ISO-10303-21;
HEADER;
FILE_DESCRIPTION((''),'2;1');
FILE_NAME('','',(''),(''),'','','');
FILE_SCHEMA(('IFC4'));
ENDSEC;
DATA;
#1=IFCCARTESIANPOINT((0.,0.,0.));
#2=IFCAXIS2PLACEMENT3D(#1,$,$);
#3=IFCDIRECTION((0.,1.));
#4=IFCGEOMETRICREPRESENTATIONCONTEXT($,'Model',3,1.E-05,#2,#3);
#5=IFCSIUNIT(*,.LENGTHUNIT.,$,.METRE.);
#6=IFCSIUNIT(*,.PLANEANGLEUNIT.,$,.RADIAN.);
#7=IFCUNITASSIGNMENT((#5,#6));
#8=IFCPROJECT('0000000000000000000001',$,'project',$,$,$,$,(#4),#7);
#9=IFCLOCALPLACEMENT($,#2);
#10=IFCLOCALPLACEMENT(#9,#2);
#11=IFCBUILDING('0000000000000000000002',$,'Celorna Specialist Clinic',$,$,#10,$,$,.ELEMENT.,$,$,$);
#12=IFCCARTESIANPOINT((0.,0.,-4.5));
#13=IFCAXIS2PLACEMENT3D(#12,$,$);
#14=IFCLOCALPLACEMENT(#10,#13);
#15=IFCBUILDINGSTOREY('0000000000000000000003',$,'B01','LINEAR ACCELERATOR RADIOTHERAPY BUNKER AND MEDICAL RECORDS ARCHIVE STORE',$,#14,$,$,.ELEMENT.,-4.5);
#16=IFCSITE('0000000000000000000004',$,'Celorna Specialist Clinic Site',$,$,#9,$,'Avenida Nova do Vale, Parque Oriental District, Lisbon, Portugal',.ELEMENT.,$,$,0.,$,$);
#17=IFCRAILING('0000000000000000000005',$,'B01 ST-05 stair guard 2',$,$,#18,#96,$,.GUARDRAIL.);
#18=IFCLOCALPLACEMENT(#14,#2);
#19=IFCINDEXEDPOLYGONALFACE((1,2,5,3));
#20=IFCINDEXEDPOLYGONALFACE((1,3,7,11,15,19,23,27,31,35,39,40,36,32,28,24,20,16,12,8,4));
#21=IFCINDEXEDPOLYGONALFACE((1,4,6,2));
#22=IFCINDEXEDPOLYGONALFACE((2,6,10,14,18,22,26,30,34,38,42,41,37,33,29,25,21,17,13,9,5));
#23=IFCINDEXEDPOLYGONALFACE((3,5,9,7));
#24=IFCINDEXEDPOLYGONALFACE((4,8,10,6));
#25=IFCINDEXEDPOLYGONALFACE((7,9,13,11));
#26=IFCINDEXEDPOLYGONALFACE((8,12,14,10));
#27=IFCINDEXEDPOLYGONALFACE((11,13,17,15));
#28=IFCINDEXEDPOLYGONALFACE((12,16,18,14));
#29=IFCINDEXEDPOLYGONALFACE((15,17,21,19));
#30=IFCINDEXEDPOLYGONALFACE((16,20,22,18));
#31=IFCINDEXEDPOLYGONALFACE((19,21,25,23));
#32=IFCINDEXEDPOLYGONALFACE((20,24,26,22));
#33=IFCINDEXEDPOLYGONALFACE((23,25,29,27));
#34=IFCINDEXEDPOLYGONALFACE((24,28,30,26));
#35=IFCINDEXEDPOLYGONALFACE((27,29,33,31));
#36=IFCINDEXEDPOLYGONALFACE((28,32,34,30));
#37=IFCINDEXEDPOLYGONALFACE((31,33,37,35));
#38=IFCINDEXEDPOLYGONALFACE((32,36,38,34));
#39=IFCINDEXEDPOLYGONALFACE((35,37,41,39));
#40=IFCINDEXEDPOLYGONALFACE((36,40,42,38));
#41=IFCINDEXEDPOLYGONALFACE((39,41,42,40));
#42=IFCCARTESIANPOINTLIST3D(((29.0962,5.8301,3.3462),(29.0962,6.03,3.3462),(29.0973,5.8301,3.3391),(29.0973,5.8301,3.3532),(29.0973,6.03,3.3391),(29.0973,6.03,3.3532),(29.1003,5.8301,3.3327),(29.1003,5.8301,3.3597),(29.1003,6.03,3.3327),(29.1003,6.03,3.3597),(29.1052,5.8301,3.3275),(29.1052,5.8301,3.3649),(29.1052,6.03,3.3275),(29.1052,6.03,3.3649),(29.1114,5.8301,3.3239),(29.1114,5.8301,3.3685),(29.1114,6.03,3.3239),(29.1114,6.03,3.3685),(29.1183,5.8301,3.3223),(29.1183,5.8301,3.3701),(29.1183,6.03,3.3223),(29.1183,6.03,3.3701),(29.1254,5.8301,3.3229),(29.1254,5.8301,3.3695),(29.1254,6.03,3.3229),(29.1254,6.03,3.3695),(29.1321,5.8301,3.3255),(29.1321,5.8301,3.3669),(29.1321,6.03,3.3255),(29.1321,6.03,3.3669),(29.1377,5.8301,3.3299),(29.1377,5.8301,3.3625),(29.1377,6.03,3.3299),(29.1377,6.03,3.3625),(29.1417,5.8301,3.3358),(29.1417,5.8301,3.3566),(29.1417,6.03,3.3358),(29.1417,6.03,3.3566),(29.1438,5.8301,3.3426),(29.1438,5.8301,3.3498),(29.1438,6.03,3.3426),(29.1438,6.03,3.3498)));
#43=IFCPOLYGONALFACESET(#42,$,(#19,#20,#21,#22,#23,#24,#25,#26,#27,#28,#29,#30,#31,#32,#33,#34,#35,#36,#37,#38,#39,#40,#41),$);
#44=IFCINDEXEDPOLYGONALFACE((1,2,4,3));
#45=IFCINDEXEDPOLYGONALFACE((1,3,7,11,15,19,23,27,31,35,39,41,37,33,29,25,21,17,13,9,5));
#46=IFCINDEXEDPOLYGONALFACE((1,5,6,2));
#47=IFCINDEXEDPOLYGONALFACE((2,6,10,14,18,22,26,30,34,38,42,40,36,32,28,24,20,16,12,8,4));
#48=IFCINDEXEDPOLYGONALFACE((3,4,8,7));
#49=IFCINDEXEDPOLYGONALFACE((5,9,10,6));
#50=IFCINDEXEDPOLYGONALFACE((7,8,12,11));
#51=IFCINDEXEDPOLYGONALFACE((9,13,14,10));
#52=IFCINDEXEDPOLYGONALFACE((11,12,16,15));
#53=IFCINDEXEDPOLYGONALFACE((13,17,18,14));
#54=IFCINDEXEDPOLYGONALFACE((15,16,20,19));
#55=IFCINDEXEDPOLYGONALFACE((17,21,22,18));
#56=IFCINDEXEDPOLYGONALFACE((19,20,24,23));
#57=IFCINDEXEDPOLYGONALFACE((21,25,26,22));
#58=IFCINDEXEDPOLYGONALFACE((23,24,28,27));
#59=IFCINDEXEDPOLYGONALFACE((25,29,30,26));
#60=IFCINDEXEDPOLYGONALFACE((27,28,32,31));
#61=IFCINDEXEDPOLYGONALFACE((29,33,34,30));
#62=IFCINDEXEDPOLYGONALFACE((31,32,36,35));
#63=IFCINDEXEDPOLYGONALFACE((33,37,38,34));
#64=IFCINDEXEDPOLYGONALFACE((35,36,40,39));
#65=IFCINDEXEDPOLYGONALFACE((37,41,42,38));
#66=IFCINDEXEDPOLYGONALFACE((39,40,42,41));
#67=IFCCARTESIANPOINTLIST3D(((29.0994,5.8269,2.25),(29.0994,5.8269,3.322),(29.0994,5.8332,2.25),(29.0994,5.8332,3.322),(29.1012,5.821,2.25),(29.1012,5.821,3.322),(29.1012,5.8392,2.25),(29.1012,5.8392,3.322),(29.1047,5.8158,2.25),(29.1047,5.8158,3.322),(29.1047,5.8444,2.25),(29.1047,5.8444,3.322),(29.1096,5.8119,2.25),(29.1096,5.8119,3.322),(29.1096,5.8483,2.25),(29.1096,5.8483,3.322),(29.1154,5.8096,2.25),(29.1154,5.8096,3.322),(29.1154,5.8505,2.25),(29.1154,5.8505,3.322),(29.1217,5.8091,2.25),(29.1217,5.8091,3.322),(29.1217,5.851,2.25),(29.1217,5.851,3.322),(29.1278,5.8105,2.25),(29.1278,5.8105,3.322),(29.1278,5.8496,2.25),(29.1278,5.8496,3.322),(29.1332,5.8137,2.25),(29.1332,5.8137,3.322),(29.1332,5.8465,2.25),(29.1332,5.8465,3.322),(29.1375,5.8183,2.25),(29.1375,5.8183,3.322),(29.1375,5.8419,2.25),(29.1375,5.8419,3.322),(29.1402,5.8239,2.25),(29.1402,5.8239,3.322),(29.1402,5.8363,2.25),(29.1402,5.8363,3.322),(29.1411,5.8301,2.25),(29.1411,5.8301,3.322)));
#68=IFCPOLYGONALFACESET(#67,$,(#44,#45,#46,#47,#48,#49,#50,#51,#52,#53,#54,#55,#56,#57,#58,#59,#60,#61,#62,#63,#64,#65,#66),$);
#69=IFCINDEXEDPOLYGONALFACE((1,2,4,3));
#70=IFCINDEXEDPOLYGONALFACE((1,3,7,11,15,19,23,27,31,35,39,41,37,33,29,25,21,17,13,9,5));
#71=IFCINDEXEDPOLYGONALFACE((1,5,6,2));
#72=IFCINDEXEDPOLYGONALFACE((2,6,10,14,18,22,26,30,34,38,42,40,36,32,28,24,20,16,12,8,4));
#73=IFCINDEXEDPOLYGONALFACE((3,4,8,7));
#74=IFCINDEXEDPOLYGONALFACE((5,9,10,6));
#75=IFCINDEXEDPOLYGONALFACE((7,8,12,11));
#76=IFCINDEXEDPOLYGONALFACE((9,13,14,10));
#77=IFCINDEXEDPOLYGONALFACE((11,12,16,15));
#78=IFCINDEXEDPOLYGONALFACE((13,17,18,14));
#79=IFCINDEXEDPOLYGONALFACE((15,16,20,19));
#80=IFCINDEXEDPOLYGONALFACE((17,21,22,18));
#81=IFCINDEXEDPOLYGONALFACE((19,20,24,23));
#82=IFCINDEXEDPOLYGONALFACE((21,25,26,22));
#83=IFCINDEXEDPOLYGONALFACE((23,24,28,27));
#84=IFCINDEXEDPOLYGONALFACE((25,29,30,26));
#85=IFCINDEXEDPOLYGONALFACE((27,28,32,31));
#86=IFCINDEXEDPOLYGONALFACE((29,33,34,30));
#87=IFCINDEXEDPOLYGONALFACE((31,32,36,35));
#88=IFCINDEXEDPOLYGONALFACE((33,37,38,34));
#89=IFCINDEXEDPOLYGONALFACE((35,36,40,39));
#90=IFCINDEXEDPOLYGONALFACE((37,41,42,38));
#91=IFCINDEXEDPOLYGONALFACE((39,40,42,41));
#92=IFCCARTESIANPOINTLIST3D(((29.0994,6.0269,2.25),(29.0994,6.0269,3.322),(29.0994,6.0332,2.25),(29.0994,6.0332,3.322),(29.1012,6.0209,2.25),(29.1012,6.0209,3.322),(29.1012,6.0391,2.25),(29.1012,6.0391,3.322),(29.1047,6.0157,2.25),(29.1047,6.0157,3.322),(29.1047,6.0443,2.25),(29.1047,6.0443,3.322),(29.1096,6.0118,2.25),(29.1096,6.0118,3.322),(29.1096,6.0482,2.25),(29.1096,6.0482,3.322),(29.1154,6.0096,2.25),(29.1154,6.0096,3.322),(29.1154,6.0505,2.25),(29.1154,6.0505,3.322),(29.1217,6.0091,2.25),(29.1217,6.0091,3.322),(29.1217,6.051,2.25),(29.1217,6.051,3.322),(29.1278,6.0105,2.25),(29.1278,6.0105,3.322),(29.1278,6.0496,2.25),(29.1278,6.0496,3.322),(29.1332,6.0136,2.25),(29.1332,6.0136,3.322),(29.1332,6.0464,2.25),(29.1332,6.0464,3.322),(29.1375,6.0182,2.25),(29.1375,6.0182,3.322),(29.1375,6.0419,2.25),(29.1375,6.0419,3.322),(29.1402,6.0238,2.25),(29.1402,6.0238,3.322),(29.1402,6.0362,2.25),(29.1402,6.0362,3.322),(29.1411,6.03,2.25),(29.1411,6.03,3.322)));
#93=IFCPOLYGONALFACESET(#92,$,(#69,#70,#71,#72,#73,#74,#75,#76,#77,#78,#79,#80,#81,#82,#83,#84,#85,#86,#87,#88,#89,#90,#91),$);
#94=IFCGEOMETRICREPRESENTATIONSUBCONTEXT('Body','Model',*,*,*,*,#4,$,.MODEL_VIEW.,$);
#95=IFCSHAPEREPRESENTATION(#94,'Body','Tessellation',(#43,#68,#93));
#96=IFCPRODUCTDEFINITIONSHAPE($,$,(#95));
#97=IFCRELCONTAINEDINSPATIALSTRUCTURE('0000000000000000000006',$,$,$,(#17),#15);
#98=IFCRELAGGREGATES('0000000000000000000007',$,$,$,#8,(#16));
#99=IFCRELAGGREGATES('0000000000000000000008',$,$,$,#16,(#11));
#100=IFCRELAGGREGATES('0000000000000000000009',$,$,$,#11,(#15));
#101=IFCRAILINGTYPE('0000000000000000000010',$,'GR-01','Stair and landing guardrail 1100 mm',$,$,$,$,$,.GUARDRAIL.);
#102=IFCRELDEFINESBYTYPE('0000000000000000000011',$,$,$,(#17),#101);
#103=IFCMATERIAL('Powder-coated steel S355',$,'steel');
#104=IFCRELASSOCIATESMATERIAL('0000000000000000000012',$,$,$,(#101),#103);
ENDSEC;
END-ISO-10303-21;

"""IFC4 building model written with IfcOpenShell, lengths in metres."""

from ifc_helpers import new_model, si_unit, direction, frame, origin, origin_2d, place, context, subcontext, project, spatial, circle, extrude, material, type_object, element, save


model = new_model("IFC4")

# Units and contexts
model_context = context("Model", 3, precision=1e-05, world=origin(), true_north=direction((0.0, 1.0)))
body_context = subcontext(model_context, "Body", "Model", "MODEL_VIEW")
ifc_project = project(units=[si_unit("LENGTHUNIT", "METRE"), si_unit("PLANEANGLEUNIT", "RADIAN")], contexts=[model_context])

# Site, building, storey
site_placement = place(None, origin())
site = spatial("IfcSite", under=ifc_project, at=site_placement, Name="Celorna Specialist Clinic Site", LongName="Avenida Nova do Vale, Parque Oriental District, Lisbon, Portugal", CompositionType="ELEMENT", RefElevation=0.0)
building_placement = place(site_placement, origin())
building = spatial("IfcBuilding", under=site, at=building_placement, Name="Celorna Specialist Clinic", CompositionType="ELEMENT")
storey_placement = place(building_placement, frame((0.0, 0.0, -4.5)))
storey = spatial("IfcBuildingStorey", under=building, at=storey_placement, Name="B01", Description="LINEAR ACCELERATOR RADIOTHERAPY BUNKER AND MEDICAL RECORDS ARCHIVE STORE", CompositionType="ELEMENT", Elevation=-4.5)

# Railing
ifc_material_1 = material(Name="Powder-coated steel S355", Category="steel")
railing_type_1 = type_object("IfcRailingType", Name="GR-01", Description="Stair and landing guardrail 1100 mm", PredefinedType="GUARDRAIL", material=ifc_material_1)
railing_1_placement = place(storey_placement, frame((29.1201, 5.8301, 2.25)))
element("IfcRailing", 1, at=railing_1_placement, inside=storey, type_object=railing_type_1, Name="B01 ST-05 stair guard 2", PredefinedType="GUARDRAIL", context=body_context, shape_type="SweptSolid", body=[
    extrude(circle(Radius=0.0239, at=origin_2d()), frame((0.0, 0.0, 1.0962), z_axis=(0.0, 1.0, 0.0), x_axis=(-1.0, 0.0, 0.0)), (0.0, 0.0, 1.0), 0.2),
    extrude(circle(Radius=0.021, at=origin_2d()), origin(), (0.0, 0.0, 1.0), 1.072),
    extrude(circle(Radius=0.021, at=origin_2d()), frame((0.0, 0.2, 0.0)), (0.0, 0.0, 1.0), 1.072),
])

save(model, "model.ifc")
